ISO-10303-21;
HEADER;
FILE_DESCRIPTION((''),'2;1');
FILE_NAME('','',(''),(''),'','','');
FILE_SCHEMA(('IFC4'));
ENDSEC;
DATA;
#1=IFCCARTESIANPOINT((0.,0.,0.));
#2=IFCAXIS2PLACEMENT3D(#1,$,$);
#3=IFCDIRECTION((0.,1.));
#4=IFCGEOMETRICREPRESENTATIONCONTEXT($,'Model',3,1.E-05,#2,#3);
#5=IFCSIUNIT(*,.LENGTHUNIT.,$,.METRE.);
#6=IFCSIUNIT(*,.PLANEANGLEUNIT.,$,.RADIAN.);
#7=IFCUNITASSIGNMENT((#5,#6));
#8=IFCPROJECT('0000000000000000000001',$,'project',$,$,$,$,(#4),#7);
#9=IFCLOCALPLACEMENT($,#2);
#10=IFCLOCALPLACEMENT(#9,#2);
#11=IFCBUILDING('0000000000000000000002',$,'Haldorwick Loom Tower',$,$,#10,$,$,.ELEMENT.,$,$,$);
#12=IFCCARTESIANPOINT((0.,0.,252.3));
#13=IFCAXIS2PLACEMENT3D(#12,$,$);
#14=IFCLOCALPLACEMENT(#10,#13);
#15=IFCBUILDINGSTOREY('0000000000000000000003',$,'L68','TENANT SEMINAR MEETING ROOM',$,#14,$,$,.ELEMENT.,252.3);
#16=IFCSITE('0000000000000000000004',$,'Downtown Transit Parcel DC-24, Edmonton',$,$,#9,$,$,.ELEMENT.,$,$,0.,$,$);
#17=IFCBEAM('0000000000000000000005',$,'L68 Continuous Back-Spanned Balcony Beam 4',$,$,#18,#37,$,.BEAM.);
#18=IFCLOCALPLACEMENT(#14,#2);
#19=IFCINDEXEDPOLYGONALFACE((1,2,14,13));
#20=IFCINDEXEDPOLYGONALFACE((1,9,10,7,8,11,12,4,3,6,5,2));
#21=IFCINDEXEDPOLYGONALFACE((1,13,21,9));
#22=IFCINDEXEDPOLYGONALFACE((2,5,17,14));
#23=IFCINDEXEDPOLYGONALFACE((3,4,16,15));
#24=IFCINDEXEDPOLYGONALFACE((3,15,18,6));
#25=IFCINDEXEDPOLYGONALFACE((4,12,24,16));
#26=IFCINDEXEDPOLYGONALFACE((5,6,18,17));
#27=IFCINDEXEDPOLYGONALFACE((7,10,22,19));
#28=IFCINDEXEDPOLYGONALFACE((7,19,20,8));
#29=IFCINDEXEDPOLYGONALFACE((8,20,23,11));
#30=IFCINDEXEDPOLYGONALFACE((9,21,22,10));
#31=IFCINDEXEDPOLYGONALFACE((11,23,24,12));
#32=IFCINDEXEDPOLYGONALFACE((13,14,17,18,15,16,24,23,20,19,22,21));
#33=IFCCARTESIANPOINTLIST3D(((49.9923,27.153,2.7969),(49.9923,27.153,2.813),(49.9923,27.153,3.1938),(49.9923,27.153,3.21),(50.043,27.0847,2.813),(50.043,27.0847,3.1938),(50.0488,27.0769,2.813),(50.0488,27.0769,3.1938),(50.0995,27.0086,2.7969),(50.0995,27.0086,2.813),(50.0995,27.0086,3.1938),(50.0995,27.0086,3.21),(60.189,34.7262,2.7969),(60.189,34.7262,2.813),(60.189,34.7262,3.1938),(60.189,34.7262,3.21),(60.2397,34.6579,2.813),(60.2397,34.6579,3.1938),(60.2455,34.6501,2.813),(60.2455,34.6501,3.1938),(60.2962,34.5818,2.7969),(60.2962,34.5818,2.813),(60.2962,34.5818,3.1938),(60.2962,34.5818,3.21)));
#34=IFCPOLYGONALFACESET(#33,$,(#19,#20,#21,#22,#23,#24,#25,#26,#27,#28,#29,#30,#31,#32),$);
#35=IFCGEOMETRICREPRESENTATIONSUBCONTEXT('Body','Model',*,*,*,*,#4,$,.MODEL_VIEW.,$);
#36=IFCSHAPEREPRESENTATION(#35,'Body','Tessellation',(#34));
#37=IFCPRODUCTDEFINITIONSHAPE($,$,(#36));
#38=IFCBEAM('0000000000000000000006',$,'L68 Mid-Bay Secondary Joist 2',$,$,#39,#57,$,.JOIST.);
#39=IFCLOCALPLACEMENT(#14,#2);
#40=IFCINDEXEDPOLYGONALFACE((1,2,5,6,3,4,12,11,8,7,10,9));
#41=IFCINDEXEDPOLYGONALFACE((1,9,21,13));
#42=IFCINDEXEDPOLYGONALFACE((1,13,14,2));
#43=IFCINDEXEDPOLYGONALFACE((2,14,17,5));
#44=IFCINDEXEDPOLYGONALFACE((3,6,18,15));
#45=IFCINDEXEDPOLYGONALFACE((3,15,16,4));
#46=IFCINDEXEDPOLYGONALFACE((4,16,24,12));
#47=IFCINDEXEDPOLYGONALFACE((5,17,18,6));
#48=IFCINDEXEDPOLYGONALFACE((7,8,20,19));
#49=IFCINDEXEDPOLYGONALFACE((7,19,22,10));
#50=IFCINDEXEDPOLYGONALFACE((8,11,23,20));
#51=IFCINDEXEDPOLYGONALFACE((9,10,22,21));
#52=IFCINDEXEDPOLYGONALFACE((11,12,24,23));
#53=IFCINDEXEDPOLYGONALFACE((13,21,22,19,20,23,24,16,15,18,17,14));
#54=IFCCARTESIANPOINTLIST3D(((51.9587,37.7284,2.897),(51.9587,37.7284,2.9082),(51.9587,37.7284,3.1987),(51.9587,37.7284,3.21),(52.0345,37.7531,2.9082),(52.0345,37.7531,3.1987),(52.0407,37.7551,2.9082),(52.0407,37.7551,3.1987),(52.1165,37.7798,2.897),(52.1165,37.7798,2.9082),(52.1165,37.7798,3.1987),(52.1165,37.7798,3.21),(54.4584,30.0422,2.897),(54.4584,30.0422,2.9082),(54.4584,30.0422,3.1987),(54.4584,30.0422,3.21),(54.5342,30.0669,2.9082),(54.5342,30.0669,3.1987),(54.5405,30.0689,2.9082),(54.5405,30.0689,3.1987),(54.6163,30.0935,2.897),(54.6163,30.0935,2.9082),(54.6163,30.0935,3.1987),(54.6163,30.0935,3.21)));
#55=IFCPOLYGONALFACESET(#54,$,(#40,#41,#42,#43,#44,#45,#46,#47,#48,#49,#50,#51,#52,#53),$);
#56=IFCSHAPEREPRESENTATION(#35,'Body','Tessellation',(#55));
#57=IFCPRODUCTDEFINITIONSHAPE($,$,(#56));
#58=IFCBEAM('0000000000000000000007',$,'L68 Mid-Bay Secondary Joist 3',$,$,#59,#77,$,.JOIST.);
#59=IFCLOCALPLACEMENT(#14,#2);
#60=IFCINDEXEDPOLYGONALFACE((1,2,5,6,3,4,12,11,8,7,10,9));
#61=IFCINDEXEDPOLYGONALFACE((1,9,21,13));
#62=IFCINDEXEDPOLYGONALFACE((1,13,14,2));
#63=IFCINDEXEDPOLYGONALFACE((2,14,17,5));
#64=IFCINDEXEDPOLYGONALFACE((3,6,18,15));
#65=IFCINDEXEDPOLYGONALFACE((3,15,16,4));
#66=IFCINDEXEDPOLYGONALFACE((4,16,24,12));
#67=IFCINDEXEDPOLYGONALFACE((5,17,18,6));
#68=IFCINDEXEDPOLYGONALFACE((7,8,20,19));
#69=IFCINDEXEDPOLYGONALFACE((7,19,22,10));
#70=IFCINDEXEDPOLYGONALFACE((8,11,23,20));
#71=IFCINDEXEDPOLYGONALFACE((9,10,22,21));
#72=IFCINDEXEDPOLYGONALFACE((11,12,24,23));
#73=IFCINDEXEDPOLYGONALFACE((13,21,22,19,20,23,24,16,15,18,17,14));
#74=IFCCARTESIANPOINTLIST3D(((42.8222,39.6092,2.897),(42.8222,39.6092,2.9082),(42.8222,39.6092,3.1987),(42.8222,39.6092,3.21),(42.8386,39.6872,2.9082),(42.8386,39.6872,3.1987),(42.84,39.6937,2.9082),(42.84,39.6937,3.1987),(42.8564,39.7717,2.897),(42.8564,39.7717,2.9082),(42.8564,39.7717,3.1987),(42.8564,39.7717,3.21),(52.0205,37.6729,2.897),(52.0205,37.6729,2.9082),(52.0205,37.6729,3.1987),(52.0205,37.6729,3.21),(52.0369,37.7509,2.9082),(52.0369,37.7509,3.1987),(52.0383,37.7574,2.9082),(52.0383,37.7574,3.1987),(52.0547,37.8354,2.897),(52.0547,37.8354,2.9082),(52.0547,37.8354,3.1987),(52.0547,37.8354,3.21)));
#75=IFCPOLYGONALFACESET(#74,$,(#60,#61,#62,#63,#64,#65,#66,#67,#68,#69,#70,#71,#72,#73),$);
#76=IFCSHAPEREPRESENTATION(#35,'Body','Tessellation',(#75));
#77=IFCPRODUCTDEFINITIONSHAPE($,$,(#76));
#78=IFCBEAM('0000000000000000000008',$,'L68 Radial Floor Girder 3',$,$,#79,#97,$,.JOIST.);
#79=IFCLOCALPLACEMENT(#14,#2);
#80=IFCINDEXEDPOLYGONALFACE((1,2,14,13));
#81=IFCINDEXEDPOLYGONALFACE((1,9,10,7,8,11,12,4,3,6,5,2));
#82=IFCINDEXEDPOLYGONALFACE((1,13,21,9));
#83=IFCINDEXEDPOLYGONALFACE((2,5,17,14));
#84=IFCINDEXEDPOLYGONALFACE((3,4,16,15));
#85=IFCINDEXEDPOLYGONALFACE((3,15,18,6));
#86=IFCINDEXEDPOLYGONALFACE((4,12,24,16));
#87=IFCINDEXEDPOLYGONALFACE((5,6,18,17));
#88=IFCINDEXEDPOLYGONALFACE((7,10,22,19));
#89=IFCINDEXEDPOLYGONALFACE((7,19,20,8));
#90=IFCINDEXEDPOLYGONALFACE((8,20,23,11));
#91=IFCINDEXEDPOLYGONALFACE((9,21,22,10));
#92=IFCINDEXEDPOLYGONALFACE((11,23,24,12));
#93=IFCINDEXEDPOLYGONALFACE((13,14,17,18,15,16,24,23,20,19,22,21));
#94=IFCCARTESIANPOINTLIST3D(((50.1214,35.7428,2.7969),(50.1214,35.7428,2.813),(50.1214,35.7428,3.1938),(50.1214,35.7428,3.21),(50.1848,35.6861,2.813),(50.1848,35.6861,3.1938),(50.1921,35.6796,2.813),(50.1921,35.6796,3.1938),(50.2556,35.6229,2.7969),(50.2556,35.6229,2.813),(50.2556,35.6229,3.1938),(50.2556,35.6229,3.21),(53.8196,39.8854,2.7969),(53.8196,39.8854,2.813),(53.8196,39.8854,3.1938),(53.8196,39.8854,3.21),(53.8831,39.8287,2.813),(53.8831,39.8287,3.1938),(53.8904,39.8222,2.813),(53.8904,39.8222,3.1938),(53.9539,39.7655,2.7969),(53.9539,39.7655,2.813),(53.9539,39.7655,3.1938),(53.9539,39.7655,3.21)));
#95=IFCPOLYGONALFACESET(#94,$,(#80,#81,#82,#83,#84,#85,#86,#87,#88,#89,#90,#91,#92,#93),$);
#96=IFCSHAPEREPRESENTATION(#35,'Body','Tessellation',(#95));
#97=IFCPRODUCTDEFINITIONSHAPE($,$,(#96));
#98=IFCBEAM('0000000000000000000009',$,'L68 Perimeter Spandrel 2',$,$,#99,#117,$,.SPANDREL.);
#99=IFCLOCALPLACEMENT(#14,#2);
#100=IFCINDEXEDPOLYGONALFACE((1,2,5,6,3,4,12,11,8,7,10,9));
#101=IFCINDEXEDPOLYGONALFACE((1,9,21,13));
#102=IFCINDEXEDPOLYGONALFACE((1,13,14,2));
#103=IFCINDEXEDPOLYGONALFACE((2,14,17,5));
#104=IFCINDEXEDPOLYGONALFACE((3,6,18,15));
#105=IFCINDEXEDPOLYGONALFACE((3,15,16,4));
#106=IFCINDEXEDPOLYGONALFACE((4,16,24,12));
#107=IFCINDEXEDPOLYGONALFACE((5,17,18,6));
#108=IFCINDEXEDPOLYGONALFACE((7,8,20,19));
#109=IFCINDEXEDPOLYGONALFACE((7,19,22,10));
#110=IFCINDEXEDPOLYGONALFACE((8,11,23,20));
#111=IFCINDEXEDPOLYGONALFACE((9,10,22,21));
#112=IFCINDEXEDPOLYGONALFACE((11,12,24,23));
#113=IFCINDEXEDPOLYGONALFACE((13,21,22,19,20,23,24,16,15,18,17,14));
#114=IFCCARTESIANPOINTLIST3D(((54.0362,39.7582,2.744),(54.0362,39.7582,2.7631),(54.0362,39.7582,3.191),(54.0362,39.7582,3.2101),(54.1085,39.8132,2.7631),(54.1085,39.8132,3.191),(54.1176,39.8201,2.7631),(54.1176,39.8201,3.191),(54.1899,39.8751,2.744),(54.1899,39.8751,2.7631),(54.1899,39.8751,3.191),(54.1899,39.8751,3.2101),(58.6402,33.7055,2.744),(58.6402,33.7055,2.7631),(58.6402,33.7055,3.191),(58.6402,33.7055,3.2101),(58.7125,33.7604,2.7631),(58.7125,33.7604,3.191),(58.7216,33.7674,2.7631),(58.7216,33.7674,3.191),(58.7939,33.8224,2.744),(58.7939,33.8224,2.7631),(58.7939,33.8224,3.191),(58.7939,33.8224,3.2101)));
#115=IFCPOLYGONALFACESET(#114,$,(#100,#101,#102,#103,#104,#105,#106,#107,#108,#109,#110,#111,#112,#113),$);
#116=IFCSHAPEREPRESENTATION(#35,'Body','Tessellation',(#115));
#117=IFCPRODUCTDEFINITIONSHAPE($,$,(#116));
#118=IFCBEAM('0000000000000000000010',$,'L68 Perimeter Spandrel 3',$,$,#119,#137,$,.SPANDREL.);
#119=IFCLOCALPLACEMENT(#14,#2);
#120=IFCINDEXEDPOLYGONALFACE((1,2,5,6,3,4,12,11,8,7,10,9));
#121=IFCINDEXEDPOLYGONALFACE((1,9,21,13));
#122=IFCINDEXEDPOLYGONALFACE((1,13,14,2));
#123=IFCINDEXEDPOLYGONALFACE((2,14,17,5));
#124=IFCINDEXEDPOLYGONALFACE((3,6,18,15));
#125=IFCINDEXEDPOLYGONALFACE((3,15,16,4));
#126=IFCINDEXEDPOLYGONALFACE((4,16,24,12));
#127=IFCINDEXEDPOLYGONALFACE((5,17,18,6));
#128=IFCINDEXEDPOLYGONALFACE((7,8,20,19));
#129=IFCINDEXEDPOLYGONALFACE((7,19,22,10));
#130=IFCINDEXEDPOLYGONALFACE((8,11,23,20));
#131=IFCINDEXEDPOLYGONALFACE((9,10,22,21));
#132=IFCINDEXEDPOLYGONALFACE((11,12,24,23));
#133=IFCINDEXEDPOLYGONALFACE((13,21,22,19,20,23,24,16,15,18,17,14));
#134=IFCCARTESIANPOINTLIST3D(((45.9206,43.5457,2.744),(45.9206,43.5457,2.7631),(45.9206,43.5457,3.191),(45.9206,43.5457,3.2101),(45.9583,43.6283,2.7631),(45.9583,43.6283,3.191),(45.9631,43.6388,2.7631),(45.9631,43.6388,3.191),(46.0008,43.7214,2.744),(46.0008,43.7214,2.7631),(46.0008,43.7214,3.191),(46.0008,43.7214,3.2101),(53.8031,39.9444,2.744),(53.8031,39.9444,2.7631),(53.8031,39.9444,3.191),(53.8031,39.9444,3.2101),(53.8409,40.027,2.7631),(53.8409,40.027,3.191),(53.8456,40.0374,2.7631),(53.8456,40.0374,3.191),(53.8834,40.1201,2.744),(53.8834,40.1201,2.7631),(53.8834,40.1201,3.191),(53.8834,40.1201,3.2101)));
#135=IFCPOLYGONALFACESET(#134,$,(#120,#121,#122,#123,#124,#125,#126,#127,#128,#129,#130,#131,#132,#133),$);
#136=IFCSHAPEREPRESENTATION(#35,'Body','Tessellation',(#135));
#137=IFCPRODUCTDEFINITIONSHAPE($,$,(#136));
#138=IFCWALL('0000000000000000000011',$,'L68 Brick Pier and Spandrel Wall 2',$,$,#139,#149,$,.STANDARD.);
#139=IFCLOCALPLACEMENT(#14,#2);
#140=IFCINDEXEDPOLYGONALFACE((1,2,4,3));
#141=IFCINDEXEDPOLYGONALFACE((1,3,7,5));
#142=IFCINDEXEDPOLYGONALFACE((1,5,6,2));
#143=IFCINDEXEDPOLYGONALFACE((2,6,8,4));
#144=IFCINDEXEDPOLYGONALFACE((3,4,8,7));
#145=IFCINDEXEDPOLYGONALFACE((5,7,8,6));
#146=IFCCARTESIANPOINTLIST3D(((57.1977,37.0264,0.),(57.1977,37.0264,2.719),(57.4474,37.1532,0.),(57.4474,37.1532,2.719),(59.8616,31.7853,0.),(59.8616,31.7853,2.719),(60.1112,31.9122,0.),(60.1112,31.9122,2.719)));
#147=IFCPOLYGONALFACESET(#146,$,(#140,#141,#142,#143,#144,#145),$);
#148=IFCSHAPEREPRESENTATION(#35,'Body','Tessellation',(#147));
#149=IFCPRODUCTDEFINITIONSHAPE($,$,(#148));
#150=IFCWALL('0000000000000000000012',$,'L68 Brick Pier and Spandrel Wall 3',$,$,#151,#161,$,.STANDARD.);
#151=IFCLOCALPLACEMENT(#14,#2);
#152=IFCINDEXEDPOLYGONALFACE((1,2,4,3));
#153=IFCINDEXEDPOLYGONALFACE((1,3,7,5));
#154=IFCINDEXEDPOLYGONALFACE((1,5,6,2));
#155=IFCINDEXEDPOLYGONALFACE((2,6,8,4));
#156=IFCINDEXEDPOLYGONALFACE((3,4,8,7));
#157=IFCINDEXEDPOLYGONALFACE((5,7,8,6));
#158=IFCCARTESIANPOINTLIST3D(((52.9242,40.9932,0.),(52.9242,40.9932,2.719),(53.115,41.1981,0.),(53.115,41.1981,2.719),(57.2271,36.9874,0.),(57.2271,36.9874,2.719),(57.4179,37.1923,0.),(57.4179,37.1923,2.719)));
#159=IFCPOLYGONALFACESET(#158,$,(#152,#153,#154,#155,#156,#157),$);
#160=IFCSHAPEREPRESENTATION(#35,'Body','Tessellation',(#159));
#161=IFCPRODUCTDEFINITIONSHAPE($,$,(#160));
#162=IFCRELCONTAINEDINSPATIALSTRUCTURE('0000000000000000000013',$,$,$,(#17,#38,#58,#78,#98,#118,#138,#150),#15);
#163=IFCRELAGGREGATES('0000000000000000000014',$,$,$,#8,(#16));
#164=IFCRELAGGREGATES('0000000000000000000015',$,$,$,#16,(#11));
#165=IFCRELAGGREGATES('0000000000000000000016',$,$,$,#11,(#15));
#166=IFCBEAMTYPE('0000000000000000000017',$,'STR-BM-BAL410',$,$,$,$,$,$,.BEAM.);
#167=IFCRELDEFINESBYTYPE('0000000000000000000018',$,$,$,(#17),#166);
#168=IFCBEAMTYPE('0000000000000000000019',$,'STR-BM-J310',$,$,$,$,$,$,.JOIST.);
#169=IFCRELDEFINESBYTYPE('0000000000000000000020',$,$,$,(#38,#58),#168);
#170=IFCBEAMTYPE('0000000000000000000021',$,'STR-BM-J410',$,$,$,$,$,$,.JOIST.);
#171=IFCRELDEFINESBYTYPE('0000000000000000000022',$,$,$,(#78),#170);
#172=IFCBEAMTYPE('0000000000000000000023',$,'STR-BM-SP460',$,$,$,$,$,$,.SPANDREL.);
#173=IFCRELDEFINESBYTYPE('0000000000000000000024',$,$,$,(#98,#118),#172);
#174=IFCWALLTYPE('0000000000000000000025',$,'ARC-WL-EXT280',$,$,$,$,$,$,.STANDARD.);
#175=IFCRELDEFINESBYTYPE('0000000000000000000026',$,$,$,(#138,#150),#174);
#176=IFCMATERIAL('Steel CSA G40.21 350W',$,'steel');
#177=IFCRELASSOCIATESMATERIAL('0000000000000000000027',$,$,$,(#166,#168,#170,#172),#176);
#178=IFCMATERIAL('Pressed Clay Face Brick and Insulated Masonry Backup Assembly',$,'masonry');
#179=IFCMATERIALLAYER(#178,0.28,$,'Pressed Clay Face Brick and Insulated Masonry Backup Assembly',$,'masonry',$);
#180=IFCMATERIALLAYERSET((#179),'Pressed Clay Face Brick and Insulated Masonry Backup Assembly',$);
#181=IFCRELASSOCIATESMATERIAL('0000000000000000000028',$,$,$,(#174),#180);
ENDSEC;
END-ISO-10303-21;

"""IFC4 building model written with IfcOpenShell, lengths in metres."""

from ifc_helpers import new_model, si_unit, direction, frame, frame_2d, origin, origin_2d, place, context, subcontext, project, spatial, rectangle, i_section, extrude, material, layer, layer_set, material_profile, profile_set, type_object, element, save


model = new_model("IFC4")

# Units and contexts
model_context = context("Model", 3, precision=1e-05, world=origin(), true_north=direction((0.0, 1.0)))
body_context = subcontext(model_context, "Body", "Model", "MODEL_VIEW")
ifc_project = project(units=[si_unit("LENGTHUNIT", "METRE"), si_unit("PLANEANGLEUNIT", "RADIAN")], contexts=[model_context])

# Site, building, storey
site_placement = place(None, origin())
site = spatial("IfcSite", under=ifc_project, at=site_placement, Name="Downtown Transit Parcel DC-24, Edmonton", CompositionType="ELEMENT", RefElevation=0.0)
building_placement = place(site_placement, origin())
building = spatial("IfcBuilding", under=site, at=building_placement, Name="Haldorwick Loom Tower", CompositionType="ELEMENT")
storey_placement = place(building_placement, frame((0.0, 0.0, 252.3)))
storey = spatial("IfcBuildingStorey", under=building, at=storey_placement, Name="L68", Description="TENANT SEMINAR MEETING ROOM", CompositionType="ELEMENT", Elevation=252.3)

# Shared definitions
ifc_material_1 = material(Name="Steel CSA G40.21 350W", Category="steel")

# Beams
ifc_material_profile_1 = material_profile(ifc_material_1, i_section(OverallWidth=0.1799, OverallDepth=0.4131, WebThickness=0.0098, FlangeThickness=0.0161, at=origin_2d()), Name="W410X74", Category="steel")
ifc_profile_set_1 = profile_set([ifc_material_profile_1], Name="Steel CSA G40.21 350W")
beam_type_1 = type_object("IfcBeamType", Name="STR-BM-BAL410", PredefinedType="BEAM", material=ifc_profile_set_1)
beam_1_placement = place(storey_placement, frame((50.0459, 27.0808, 3.0034), z_axis=(0.802801, 0.596248, 0.0), x_axis=(-0.596248, 0.802801, 0.0)))
element("IfcBeam", 1, at=beam_1_placement, inside=storey, type_object=beam_type_1, Name="L68 Continuous Back-Spanned Balcony Beam 4", PredefinedType="BEAM", context=body_context, shape_type="SweptSolid", body=[
    extrude(i_section(OverallWidth=0.1799, OverallDepth=0.4131, WebThickness=0.0098, FlangeThickness=0.0161, at=origin_2d()), origin(), (0.0, 0.0, 1.0), 12.7014),
])
ifc_material_profile_2 = material_profile(ifc_material_1, i_section(OverallWidth=0.166, OverallDepth=0.313, WebThickness=0.0066, FlangeThickness=0.0112, at=origin_2d()), Name="W310X45", Category="steel")
ifc_profile_set_2 = profile_set([ifc_material_profile_2], Name="Steel CSA G40.21 350W")
beam_type_2 = type_object("IfcBeamType", Name="STR-BM-J310", PredefinedType="JOIST", material=ifc_profile_set_2)
beam_2_placement = place(storey_placement, frame((54.5374, 30.0679, 3.0535), z_axis=(-0.309278, 0.950972, 0.0), x_axis=(-0.950972, -0.309278, 0.0)))
element("IfcBeam", 2, at=beam_2_placement, inside=storey, type_object=beam_type_2, Name="L68 Mid-Bay Secondary Joist 2", PredefinedType="JOIST", context=body_context, shape_type="SweptSolid", body=[
    extrude(i_section(OverallWidth=0.166, OverallDepth=0.313, WebThickness=0.0066, FlangeThickness=0.0112, at=origin_2d()), origin(), (0.0, 0.0, 1.0), 8.0825),
])
beam_3_placement = place(storey_placement, frame((52.0376, 37.7542, 3.0535), z_axis=(-0.978554, 0.205991, 0.0), x_axis=(-0.205991, -0.978554, 0.0)))
element("IfcBeam", 3, at=beam_3_placement, inside=storey, type_object=beam_type_2, Name="L68 Mid-Bay Secondary Joist 3", PredefinedType="JOIST", context=body_context, shape_type="SweptSolid", body=[
    extrude(i_section(OverallWidth=0.166, OverallDepth=0.313, WebThickness=0.0066, FlangeThickness=0.0112, at=origin_2d()), origin(), (0.0, 0.0, 1.0), 9.3999),
])
ifc_material_profile_3 = material_profile(ifc_material_1, i_section(OverallWidth=0.1799, OverallDepth=0.4131, WebThickness=0.0098, FlangeThickness=0.0161, at=origin_2d()), Name="W410X74", Category="steel")
ifc_profile_set_3 = profile_set([ifc_material_profile_3], Name="Steel CSA G40.21 350W")
beam_type_3 = type_object("IfcBeamType", Name="STR-BM-J410", PredefinedType="JOIST", material=ifc_profile_set_3)
beam_4_placement = place(storey_placement, frame((50.1885, 35.6829, 3.0034), z_axis=(0.665967, 0.745981, 0.0), x_axis=(-0.745981, 0.665967, 0.0)))
element("IfcBeam", 4, at=beam_4_placement, inside=storey, type_object=beam_type_3, Name="L68 Radial Floor Girder 3", PredefinedType="JOIST", context=body_context, shape_type="SweptSolid", body=[
    extrude(i_section(OverallWidth=0.1799, OverallDepth=0.4131, WebThickness=0.0098, FlangeThickness=0.0161, at=origin_2d()), origin(), (0.0, 0.0, 1.0), 5.5532),
])
ifc_material_profile_4 = material_profile(ifc_material_1, i_section(OverallWidth=0.1931, OverallDepth=0.4661, WebThickness=0.0115, FlangeThickness=0.019, at=origin_2d()), Name="W460X97", Category="steel")
ifc_profile_set_4 = profile_set([ifc_material_profile_4], Name="Steel CSA G40.21 350W")
beam_type_4 = type_object("IfcBeamType", Name="STR-BM-SP460", PredefinedType="SPANDREL", material=ifc_profile_set_4)
beam_5_placement = place(storey_placement, frame((58.717, 33.7639, 2.9771), z_axis=(-0.60541, 0.795913, 0.0), x_axis=(-0.795913, -0.60541, 0.0)))
element("IfcBeam", 5, at=beam_5_placement, inside=storey, type_object=beam_type_4, Name="L68 Perimeter Spandrel 2", PredefinedType="SPANDREL", context=body_context, shape_type="SweptSolid", body=[
    extrude(i_section(OverallWidth=0.1931, OverallDepth=0.4661, WebThickness=0.0115, FlangeThickness=0.019, at=origin_2d()), origin(), (0.0, 0.0, 1.0), 7.6047),
])
beam_6_placement = place(storey_placement, frame((53.8433, 40.0322, 2.9771), z_axis=(-0.909568, 0.415555, 0.0), x_axis=(-0.415555, -0.909568, 0.0)))
element("IfcBeam", 6, at=beam_6_placement, inside=storey, type_object=beam_type_4, Name="L68 Perimeter Spandrel 3", PredefinedType="SPANDREL", context=body_context, shape_type="SweptSolid", body=[
    extrude(i_section(OverallWidth=0.1931, OverallDepth=0.4661, WebThickness=0.0115, FlangeThickness=0.019, at=origin_2d()), origin(), (0.0, 0.0, 1.0), 8.6663),
])

# Walls
ifc_material_2 = material(Name="Pressed Clay Face Brick and Insulated Masonry Backup Assembly", Category="masonry")
ifc_layer_1 = layer(ifc_material_2, 0.28, Name="Pressed Clay Face Brick and Insulated Masonry Backup Assembly", Category="masonry")
ifc_layer_set_1 = layer_set([ifc_layer_1], Name="Pressed Clay Face Brick and Insulated Masonry Backup Assembly")
wall_type_1 = type_object("IfcWallType", Name="ARC-WL-EXT280", PredefinedType="STANDARD", material=ifc_layer_set_1)
wall_1_placement = place(storey_placement, frame((59.9863, 31.8489, 0.0), z_axis=(0.0, 0.0, 1.0), x_axis=(-0.453101, 0.891459, 0.0)))
element("IfcWall", 7, at=wall_1_placement, inside=storey, type_object=wall_type_1, Name="L68 Brick Pier and Spandrel Wall 2", PredefinedType="STANDARD", context=body_context, shape_type="SweptSolid", body=[
    extrude(rectangle(XDim=5.8792, YDim=0.28, at=frame_2d((2.9395, 0.0))), origin(), (0.0, 0.0, 1.0), 2.719),
])
wall_2_placement = place(storey_placement, frame((57.3225, 37.0898, 0.0), z_axis=(0.0, 0.0, 1.0), x_axis=(-0.731925, 0.681386, 0.0)))
element("IfcWall", 8, at=wall_2_placement, inside=storey, type_object=wall_type_1, Name="L68 Brick Pier and Spandrel Wall 3", PredefinedType="STANDARD", context=body_context, shape_type="SweptSolid", body=[
    extrude(rectangle(XDim=5.8789, YDim=0.28, at=frame_2d((2.9395, 0.0))), origin(), (0.0, 0.0, 1.0), 2.719),
])

save(model, "model.ifc")
